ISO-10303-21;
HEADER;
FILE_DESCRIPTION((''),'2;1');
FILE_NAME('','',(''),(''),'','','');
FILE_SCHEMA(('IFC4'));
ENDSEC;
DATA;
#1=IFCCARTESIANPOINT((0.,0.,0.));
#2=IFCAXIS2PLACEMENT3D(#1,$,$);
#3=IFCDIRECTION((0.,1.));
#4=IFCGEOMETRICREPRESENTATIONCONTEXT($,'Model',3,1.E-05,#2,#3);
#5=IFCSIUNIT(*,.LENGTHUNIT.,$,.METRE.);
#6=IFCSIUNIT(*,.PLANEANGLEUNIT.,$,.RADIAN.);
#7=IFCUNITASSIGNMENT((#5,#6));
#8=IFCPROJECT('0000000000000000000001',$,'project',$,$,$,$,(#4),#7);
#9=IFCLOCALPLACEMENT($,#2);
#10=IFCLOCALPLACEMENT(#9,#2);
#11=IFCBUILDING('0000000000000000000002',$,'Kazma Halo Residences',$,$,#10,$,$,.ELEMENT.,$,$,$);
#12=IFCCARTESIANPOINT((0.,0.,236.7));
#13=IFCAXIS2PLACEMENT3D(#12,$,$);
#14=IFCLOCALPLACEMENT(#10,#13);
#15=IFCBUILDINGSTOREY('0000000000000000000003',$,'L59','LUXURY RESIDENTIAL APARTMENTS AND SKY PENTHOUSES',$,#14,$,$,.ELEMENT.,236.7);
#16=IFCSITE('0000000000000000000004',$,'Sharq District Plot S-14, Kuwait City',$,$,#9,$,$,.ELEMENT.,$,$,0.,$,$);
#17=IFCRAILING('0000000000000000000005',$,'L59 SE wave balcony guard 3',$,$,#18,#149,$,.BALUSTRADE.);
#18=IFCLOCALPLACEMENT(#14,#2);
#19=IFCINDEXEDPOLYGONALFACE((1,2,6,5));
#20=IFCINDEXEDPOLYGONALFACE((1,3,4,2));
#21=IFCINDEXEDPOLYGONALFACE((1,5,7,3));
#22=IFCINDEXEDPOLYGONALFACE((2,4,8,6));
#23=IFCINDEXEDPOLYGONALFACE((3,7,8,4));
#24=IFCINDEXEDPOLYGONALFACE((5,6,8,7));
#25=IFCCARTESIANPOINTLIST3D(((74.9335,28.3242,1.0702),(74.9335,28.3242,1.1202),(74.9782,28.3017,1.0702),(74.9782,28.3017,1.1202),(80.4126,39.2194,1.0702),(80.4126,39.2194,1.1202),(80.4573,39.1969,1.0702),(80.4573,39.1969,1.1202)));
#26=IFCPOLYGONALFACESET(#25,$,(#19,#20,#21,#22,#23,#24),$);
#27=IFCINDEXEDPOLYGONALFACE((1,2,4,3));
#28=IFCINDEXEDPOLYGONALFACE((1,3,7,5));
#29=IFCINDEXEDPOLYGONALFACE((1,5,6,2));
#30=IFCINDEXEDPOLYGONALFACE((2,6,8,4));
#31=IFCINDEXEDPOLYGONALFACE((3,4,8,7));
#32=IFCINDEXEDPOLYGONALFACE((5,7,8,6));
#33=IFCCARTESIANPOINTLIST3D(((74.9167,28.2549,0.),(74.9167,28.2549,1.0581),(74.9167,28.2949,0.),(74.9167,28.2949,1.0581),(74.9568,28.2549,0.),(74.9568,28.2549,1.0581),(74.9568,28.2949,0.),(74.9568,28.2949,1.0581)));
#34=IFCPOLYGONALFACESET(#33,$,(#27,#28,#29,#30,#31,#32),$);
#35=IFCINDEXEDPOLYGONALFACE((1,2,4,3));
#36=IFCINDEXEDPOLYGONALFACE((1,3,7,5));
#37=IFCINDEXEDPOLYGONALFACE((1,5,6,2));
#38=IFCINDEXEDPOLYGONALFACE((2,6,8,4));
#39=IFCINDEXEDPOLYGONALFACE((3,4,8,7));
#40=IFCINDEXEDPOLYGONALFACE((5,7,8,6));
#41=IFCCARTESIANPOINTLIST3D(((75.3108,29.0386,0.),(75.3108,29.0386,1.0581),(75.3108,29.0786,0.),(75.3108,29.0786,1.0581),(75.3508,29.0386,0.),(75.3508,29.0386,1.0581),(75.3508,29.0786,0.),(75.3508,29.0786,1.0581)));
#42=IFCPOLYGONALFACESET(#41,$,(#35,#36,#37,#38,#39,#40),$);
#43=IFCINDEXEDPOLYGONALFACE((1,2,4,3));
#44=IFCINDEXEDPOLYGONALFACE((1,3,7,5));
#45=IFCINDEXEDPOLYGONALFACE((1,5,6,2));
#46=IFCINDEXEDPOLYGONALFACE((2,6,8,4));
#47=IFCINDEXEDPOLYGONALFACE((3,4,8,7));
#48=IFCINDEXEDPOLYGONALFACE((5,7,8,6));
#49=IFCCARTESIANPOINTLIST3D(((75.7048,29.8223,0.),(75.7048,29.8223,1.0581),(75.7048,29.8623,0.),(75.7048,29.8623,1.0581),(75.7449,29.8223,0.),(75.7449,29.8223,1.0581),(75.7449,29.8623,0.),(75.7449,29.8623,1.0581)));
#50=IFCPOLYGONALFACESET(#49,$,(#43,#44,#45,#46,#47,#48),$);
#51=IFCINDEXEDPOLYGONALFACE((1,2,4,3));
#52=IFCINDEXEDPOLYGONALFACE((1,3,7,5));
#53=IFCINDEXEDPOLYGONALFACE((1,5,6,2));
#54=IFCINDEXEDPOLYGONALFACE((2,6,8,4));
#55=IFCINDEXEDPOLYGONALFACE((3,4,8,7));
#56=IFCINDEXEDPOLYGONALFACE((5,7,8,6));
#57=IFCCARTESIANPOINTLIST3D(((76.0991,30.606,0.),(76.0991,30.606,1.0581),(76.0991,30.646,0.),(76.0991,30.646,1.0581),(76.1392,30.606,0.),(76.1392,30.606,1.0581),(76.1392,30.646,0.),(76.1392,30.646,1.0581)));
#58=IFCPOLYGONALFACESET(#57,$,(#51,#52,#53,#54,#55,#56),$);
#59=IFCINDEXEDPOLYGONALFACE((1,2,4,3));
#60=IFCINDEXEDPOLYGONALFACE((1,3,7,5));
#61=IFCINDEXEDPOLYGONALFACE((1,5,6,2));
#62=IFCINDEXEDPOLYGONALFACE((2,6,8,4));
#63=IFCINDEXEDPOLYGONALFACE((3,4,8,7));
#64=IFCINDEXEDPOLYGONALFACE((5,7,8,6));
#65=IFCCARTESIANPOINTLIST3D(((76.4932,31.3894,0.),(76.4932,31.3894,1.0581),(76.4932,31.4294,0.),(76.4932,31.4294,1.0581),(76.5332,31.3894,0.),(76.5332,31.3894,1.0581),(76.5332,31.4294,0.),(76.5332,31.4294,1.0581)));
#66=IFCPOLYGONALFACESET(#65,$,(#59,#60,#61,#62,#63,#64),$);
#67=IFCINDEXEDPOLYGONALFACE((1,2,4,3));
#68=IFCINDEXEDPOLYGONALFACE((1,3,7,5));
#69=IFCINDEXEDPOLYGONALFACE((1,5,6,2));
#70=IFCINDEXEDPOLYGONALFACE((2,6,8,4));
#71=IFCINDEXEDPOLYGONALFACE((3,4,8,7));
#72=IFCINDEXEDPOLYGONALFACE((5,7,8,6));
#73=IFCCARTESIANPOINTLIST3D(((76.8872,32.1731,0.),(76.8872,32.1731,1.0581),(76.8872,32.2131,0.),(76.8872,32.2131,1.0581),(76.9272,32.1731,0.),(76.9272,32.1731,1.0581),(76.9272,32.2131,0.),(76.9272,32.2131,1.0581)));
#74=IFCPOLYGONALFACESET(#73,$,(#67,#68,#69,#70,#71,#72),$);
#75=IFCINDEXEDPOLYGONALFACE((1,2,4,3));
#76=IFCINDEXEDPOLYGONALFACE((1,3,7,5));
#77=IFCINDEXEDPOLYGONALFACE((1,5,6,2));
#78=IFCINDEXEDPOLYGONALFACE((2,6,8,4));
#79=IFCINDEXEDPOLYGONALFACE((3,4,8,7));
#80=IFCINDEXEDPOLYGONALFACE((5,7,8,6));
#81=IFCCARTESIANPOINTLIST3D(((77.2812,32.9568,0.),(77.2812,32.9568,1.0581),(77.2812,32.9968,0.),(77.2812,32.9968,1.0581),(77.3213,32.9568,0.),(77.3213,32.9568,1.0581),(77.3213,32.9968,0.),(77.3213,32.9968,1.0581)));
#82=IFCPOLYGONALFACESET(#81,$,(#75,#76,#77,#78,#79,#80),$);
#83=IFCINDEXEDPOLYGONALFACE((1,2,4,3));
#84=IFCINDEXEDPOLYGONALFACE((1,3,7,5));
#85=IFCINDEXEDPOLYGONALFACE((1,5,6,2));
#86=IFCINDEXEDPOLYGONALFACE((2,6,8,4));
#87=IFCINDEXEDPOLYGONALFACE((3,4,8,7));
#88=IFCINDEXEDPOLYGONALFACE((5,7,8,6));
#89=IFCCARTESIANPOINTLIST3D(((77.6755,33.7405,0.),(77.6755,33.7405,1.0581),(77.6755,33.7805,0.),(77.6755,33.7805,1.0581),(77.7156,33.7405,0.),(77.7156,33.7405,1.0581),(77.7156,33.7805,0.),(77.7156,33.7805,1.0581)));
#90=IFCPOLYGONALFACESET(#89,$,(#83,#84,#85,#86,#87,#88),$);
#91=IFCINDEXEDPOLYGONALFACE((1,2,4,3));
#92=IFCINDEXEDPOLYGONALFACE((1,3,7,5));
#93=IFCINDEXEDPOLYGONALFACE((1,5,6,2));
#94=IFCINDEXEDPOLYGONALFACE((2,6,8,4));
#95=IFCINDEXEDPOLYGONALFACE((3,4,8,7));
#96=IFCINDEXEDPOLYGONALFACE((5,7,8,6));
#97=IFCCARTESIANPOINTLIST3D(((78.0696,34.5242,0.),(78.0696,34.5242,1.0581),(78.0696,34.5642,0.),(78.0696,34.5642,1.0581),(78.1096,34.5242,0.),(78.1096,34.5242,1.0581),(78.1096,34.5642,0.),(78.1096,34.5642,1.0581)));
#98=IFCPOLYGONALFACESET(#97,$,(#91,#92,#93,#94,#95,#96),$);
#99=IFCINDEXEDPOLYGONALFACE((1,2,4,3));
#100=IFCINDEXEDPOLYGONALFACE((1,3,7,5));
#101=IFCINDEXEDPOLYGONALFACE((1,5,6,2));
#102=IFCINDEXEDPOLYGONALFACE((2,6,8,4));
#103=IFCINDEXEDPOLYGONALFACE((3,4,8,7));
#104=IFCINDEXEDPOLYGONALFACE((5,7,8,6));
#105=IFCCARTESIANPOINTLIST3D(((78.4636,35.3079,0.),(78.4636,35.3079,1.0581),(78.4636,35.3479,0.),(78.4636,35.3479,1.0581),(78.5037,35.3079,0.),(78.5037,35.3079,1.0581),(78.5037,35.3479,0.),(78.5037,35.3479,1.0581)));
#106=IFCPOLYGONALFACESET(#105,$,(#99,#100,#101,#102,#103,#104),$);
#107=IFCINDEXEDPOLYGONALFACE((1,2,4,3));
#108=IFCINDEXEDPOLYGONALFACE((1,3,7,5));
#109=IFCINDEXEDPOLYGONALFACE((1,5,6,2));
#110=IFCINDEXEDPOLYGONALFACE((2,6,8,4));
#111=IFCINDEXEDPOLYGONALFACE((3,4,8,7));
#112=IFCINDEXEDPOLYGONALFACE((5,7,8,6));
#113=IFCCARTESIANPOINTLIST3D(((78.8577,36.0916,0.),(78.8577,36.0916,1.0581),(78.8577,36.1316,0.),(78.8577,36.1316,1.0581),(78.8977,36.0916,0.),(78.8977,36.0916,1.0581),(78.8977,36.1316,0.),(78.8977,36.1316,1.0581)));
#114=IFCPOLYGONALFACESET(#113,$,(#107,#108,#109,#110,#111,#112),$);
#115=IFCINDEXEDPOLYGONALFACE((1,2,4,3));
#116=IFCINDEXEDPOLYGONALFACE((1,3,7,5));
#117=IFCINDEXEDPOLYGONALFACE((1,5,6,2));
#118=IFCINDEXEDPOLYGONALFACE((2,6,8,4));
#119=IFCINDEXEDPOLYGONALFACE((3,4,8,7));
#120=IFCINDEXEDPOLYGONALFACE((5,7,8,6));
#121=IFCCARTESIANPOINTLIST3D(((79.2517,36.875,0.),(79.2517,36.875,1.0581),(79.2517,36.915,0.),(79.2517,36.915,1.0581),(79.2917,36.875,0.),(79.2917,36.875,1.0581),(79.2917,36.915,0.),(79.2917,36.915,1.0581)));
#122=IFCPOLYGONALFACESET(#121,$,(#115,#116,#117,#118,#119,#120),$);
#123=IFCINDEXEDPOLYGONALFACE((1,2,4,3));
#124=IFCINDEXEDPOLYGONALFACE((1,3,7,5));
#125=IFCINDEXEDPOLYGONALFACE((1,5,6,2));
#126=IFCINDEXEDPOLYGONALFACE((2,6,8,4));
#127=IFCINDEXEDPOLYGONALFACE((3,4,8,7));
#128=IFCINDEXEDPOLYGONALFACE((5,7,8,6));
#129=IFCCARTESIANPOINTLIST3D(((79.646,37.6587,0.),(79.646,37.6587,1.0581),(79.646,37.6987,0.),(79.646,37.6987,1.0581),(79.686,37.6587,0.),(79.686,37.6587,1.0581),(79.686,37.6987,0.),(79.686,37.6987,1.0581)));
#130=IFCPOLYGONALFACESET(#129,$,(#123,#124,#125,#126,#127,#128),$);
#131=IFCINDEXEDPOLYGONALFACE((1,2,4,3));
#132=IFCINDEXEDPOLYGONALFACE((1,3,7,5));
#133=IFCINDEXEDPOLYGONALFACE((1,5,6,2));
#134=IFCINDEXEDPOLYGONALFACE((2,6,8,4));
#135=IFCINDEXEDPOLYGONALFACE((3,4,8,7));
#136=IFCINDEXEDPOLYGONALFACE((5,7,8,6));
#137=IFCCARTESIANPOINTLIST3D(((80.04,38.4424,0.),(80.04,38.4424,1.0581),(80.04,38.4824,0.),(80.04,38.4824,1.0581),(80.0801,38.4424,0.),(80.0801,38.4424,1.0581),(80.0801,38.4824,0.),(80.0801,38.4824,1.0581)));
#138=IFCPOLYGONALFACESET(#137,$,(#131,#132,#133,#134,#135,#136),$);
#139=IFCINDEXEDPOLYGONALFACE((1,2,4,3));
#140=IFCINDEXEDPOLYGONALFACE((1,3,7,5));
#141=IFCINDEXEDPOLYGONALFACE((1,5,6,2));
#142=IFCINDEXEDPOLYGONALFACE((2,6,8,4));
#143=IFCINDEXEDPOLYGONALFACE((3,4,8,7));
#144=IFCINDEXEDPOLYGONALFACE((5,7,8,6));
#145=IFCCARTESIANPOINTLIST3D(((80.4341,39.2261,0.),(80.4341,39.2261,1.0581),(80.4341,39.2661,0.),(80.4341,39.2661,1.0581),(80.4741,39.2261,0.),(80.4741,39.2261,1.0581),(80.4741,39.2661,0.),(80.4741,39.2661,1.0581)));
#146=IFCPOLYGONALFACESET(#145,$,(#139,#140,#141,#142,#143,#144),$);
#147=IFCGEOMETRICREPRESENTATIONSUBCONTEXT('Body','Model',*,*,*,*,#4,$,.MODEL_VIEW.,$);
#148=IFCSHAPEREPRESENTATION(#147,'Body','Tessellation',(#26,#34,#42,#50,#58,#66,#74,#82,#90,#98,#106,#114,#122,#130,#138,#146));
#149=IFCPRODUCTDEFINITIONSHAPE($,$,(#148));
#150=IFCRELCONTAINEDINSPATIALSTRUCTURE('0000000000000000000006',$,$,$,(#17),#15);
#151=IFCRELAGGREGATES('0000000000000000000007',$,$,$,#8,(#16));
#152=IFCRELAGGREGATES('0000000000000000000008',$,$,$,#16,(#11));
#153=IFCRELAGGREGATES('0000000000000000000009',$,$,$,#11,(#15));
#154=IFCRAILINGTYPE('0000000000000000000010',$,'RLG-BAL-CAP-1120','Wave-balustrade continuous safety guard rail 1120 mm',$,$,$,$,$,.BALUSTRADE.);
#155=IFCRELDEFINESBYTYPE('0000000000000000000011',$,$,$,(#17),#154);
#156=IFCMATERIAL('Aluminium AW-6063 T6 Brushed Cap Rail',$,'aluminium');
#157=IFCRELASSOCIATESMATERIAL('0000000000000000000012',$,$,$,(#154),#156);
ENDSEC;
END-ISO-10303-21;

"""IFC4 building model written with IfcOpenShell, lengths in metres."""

from ifc_helpers import new_model, si_unit, direction, frame, origin, origin_2d, place, context, subcontext, project, spatial, rectangle, extrude, material, type_object, element, save


model = new_model("IFC4")

# Units and contexts
model_context = context("Model", 3, precision=1e-05, world=origin(), true_north=direction((0.0, 1.0)))
body_context = subcontext(model_context, "Body", "Model", "MODEL_VIEW")
ifc_project = project(units=[si_unit("LENGTHUNIT", "METRE"), si_unit("PLANEANGLEUNIT", "RADIAN")], contexts=[model_context])

# Site, building, storey
site_placement = place(None, origin())
site = spatial("IfcSite", under=ifc_project, at=site_placement, Name="Sharq District Plot S-14, Kuwait City", CompositionType="ELEMENT", RefElevation=0.0)
building_placement = place(site_placement, origin())
building = spatial("IfcBuilding", under=site, at=building_placement, Name="Kazma Halo Residences", CompositionType="ELEMENT")
storey_placement = place(building_placement, frame((0.0, 0.0, 236.7)))
storey = spatial("IfcBuildingStorey", under=building, at=storey_placement, Name="L59", Description="LUXURY RESIDENTIAL APARTMENTS AND SKY PENTHOUSES", CompositionType="ELEMENT", Elevation=236.7)

# Railing
ifc_material_1 = material(Name="Aluminium AW-6063 T6 Brushed Cap Rail", Category="aluminium")
railing_type = type_object("IfcRailingType", Name="RLG-BAL-CAP-1120", Description="Wave-balustrade continuous safety guard rail 1120 mm", PredefinedType="BALUSTRADE", material=ifc_material_1)
railing_1_placement = place(storey_placement, frame((74.9368, 28.2749, 0.0)))
element("IfcRailing", 1, at=railing_1_placement, inside=storey, type_object=railing_type, Name="L59 SE wave balcony guard 3", PredefinedType="BALUSTRADE", context=body_context, shape_type="SweptSolid", body=[
    extrude(rectangle(XDim=0.05, YDim=0.05, at=origin_2d()), frame((0.019, 0.0381, 1.0952), z_axis=(0.44928, 0.893391, 0.0), x_axis=(-0.893391, 0.44928, 0.0)), (0.0, 0.0, 1.0), 12.1953),
    extrude(rectangle(XDim=0.04, YDim=0.04, at=origin_2d()), origin(), (0.0, 0.0, 1.0), 1.0581),
    extrude(rectangle(XDim=0.04, YDim=0.04, at=origin_2d()), frame((0.394, 0.7837, 0.0)), (0.0, 0.0, 1.0), 1.0581),
    extrude(rectangle(XDim=0.04, YDim=0.04, at=origin_2d()), frame((0.7881, 1.5674, 0.0)), (0.0, 0.0, 1.0), 1.0581),
    extrude(rectangle(XDim=0.04, YDim=0.04, at=origin_2d()), frame((1.1824, 2.3511, 0.0)), (0.0, 0.0, 1.0), 1.0581),
    extrude(rectangle(XDim=0.04, YDim=0.04, at=origin_2d()), frame((1.5764, 3.1345, 0.0)), (0.0, 0.0, 1.0), 1.0581),
    extrude(rectangle(XDim=0.04, YDim=0.04, at=origin_2d()), frame((1.9705, 3.9182, 0.0)), (0.0, 0.0, 1.0), 1.0581),
    extrude(rectangle(XDim=0.04, YDim=0.04, at=origin_2d()), frame((2.3645, 4.7019, 0.0)), (0.0, 0.0, 1.0), 1.0581),
    extrude(rectangle(XDim=0.04, YDim=0.04, at=origin_2d()), frame((2.7588, 5.4856, 0.0)), (0.0, 0.0, 1.0), 1.0581),
    extrude(rectangle(XDim=0.04, YDim=0.04, at=origin_2d()), frame((3.1528, 6.2693, 0.0)), (0.0, 0.0, 1.0), 1.0581),
    extrude(rectangle(XDim=0.04, YDim=0.04, at=origin_2d()), frame((3.5469, 7.053, 0.0)), (0.0, 0.0, 1.0), 1.0581),
    extrude(rectangle(XDim=0.04, YDim=0.04, at=origin_2d()), frame((3.9409, 7.8367, 0.0)), (0.0, 0.0, 1.0), 1.0581),
    extrude(rectangle(XDim=0.04, YDim=0.04, at=origin_2d()), frame((4.335, 8.6201, 0.0)), (0.0, 0.0, 1.0), 1.0581),
    extrude(rectangle(XDim=0.04, YDim=0.04, at=origin_2d()), frame((4.7292, 9.4038, 0.0)), (0.0, 0.0, 1.0), 1.0581),
    extrude(rectangle(XDim=0.04, YDim=0.04, at=origin_2d()), frame((5.1233, 10.1875, 0.0)), (0.0, 0.0, 1.0), 1.0581),
    extrude(rectangle(XDim=0.04, YDim=0.04, at=origin_2d()), frame((5.5173, 10.9712, 0.0)), (0.0, 0.0, 1.0), 1.0581),
])

save(model, "model.ifc")
